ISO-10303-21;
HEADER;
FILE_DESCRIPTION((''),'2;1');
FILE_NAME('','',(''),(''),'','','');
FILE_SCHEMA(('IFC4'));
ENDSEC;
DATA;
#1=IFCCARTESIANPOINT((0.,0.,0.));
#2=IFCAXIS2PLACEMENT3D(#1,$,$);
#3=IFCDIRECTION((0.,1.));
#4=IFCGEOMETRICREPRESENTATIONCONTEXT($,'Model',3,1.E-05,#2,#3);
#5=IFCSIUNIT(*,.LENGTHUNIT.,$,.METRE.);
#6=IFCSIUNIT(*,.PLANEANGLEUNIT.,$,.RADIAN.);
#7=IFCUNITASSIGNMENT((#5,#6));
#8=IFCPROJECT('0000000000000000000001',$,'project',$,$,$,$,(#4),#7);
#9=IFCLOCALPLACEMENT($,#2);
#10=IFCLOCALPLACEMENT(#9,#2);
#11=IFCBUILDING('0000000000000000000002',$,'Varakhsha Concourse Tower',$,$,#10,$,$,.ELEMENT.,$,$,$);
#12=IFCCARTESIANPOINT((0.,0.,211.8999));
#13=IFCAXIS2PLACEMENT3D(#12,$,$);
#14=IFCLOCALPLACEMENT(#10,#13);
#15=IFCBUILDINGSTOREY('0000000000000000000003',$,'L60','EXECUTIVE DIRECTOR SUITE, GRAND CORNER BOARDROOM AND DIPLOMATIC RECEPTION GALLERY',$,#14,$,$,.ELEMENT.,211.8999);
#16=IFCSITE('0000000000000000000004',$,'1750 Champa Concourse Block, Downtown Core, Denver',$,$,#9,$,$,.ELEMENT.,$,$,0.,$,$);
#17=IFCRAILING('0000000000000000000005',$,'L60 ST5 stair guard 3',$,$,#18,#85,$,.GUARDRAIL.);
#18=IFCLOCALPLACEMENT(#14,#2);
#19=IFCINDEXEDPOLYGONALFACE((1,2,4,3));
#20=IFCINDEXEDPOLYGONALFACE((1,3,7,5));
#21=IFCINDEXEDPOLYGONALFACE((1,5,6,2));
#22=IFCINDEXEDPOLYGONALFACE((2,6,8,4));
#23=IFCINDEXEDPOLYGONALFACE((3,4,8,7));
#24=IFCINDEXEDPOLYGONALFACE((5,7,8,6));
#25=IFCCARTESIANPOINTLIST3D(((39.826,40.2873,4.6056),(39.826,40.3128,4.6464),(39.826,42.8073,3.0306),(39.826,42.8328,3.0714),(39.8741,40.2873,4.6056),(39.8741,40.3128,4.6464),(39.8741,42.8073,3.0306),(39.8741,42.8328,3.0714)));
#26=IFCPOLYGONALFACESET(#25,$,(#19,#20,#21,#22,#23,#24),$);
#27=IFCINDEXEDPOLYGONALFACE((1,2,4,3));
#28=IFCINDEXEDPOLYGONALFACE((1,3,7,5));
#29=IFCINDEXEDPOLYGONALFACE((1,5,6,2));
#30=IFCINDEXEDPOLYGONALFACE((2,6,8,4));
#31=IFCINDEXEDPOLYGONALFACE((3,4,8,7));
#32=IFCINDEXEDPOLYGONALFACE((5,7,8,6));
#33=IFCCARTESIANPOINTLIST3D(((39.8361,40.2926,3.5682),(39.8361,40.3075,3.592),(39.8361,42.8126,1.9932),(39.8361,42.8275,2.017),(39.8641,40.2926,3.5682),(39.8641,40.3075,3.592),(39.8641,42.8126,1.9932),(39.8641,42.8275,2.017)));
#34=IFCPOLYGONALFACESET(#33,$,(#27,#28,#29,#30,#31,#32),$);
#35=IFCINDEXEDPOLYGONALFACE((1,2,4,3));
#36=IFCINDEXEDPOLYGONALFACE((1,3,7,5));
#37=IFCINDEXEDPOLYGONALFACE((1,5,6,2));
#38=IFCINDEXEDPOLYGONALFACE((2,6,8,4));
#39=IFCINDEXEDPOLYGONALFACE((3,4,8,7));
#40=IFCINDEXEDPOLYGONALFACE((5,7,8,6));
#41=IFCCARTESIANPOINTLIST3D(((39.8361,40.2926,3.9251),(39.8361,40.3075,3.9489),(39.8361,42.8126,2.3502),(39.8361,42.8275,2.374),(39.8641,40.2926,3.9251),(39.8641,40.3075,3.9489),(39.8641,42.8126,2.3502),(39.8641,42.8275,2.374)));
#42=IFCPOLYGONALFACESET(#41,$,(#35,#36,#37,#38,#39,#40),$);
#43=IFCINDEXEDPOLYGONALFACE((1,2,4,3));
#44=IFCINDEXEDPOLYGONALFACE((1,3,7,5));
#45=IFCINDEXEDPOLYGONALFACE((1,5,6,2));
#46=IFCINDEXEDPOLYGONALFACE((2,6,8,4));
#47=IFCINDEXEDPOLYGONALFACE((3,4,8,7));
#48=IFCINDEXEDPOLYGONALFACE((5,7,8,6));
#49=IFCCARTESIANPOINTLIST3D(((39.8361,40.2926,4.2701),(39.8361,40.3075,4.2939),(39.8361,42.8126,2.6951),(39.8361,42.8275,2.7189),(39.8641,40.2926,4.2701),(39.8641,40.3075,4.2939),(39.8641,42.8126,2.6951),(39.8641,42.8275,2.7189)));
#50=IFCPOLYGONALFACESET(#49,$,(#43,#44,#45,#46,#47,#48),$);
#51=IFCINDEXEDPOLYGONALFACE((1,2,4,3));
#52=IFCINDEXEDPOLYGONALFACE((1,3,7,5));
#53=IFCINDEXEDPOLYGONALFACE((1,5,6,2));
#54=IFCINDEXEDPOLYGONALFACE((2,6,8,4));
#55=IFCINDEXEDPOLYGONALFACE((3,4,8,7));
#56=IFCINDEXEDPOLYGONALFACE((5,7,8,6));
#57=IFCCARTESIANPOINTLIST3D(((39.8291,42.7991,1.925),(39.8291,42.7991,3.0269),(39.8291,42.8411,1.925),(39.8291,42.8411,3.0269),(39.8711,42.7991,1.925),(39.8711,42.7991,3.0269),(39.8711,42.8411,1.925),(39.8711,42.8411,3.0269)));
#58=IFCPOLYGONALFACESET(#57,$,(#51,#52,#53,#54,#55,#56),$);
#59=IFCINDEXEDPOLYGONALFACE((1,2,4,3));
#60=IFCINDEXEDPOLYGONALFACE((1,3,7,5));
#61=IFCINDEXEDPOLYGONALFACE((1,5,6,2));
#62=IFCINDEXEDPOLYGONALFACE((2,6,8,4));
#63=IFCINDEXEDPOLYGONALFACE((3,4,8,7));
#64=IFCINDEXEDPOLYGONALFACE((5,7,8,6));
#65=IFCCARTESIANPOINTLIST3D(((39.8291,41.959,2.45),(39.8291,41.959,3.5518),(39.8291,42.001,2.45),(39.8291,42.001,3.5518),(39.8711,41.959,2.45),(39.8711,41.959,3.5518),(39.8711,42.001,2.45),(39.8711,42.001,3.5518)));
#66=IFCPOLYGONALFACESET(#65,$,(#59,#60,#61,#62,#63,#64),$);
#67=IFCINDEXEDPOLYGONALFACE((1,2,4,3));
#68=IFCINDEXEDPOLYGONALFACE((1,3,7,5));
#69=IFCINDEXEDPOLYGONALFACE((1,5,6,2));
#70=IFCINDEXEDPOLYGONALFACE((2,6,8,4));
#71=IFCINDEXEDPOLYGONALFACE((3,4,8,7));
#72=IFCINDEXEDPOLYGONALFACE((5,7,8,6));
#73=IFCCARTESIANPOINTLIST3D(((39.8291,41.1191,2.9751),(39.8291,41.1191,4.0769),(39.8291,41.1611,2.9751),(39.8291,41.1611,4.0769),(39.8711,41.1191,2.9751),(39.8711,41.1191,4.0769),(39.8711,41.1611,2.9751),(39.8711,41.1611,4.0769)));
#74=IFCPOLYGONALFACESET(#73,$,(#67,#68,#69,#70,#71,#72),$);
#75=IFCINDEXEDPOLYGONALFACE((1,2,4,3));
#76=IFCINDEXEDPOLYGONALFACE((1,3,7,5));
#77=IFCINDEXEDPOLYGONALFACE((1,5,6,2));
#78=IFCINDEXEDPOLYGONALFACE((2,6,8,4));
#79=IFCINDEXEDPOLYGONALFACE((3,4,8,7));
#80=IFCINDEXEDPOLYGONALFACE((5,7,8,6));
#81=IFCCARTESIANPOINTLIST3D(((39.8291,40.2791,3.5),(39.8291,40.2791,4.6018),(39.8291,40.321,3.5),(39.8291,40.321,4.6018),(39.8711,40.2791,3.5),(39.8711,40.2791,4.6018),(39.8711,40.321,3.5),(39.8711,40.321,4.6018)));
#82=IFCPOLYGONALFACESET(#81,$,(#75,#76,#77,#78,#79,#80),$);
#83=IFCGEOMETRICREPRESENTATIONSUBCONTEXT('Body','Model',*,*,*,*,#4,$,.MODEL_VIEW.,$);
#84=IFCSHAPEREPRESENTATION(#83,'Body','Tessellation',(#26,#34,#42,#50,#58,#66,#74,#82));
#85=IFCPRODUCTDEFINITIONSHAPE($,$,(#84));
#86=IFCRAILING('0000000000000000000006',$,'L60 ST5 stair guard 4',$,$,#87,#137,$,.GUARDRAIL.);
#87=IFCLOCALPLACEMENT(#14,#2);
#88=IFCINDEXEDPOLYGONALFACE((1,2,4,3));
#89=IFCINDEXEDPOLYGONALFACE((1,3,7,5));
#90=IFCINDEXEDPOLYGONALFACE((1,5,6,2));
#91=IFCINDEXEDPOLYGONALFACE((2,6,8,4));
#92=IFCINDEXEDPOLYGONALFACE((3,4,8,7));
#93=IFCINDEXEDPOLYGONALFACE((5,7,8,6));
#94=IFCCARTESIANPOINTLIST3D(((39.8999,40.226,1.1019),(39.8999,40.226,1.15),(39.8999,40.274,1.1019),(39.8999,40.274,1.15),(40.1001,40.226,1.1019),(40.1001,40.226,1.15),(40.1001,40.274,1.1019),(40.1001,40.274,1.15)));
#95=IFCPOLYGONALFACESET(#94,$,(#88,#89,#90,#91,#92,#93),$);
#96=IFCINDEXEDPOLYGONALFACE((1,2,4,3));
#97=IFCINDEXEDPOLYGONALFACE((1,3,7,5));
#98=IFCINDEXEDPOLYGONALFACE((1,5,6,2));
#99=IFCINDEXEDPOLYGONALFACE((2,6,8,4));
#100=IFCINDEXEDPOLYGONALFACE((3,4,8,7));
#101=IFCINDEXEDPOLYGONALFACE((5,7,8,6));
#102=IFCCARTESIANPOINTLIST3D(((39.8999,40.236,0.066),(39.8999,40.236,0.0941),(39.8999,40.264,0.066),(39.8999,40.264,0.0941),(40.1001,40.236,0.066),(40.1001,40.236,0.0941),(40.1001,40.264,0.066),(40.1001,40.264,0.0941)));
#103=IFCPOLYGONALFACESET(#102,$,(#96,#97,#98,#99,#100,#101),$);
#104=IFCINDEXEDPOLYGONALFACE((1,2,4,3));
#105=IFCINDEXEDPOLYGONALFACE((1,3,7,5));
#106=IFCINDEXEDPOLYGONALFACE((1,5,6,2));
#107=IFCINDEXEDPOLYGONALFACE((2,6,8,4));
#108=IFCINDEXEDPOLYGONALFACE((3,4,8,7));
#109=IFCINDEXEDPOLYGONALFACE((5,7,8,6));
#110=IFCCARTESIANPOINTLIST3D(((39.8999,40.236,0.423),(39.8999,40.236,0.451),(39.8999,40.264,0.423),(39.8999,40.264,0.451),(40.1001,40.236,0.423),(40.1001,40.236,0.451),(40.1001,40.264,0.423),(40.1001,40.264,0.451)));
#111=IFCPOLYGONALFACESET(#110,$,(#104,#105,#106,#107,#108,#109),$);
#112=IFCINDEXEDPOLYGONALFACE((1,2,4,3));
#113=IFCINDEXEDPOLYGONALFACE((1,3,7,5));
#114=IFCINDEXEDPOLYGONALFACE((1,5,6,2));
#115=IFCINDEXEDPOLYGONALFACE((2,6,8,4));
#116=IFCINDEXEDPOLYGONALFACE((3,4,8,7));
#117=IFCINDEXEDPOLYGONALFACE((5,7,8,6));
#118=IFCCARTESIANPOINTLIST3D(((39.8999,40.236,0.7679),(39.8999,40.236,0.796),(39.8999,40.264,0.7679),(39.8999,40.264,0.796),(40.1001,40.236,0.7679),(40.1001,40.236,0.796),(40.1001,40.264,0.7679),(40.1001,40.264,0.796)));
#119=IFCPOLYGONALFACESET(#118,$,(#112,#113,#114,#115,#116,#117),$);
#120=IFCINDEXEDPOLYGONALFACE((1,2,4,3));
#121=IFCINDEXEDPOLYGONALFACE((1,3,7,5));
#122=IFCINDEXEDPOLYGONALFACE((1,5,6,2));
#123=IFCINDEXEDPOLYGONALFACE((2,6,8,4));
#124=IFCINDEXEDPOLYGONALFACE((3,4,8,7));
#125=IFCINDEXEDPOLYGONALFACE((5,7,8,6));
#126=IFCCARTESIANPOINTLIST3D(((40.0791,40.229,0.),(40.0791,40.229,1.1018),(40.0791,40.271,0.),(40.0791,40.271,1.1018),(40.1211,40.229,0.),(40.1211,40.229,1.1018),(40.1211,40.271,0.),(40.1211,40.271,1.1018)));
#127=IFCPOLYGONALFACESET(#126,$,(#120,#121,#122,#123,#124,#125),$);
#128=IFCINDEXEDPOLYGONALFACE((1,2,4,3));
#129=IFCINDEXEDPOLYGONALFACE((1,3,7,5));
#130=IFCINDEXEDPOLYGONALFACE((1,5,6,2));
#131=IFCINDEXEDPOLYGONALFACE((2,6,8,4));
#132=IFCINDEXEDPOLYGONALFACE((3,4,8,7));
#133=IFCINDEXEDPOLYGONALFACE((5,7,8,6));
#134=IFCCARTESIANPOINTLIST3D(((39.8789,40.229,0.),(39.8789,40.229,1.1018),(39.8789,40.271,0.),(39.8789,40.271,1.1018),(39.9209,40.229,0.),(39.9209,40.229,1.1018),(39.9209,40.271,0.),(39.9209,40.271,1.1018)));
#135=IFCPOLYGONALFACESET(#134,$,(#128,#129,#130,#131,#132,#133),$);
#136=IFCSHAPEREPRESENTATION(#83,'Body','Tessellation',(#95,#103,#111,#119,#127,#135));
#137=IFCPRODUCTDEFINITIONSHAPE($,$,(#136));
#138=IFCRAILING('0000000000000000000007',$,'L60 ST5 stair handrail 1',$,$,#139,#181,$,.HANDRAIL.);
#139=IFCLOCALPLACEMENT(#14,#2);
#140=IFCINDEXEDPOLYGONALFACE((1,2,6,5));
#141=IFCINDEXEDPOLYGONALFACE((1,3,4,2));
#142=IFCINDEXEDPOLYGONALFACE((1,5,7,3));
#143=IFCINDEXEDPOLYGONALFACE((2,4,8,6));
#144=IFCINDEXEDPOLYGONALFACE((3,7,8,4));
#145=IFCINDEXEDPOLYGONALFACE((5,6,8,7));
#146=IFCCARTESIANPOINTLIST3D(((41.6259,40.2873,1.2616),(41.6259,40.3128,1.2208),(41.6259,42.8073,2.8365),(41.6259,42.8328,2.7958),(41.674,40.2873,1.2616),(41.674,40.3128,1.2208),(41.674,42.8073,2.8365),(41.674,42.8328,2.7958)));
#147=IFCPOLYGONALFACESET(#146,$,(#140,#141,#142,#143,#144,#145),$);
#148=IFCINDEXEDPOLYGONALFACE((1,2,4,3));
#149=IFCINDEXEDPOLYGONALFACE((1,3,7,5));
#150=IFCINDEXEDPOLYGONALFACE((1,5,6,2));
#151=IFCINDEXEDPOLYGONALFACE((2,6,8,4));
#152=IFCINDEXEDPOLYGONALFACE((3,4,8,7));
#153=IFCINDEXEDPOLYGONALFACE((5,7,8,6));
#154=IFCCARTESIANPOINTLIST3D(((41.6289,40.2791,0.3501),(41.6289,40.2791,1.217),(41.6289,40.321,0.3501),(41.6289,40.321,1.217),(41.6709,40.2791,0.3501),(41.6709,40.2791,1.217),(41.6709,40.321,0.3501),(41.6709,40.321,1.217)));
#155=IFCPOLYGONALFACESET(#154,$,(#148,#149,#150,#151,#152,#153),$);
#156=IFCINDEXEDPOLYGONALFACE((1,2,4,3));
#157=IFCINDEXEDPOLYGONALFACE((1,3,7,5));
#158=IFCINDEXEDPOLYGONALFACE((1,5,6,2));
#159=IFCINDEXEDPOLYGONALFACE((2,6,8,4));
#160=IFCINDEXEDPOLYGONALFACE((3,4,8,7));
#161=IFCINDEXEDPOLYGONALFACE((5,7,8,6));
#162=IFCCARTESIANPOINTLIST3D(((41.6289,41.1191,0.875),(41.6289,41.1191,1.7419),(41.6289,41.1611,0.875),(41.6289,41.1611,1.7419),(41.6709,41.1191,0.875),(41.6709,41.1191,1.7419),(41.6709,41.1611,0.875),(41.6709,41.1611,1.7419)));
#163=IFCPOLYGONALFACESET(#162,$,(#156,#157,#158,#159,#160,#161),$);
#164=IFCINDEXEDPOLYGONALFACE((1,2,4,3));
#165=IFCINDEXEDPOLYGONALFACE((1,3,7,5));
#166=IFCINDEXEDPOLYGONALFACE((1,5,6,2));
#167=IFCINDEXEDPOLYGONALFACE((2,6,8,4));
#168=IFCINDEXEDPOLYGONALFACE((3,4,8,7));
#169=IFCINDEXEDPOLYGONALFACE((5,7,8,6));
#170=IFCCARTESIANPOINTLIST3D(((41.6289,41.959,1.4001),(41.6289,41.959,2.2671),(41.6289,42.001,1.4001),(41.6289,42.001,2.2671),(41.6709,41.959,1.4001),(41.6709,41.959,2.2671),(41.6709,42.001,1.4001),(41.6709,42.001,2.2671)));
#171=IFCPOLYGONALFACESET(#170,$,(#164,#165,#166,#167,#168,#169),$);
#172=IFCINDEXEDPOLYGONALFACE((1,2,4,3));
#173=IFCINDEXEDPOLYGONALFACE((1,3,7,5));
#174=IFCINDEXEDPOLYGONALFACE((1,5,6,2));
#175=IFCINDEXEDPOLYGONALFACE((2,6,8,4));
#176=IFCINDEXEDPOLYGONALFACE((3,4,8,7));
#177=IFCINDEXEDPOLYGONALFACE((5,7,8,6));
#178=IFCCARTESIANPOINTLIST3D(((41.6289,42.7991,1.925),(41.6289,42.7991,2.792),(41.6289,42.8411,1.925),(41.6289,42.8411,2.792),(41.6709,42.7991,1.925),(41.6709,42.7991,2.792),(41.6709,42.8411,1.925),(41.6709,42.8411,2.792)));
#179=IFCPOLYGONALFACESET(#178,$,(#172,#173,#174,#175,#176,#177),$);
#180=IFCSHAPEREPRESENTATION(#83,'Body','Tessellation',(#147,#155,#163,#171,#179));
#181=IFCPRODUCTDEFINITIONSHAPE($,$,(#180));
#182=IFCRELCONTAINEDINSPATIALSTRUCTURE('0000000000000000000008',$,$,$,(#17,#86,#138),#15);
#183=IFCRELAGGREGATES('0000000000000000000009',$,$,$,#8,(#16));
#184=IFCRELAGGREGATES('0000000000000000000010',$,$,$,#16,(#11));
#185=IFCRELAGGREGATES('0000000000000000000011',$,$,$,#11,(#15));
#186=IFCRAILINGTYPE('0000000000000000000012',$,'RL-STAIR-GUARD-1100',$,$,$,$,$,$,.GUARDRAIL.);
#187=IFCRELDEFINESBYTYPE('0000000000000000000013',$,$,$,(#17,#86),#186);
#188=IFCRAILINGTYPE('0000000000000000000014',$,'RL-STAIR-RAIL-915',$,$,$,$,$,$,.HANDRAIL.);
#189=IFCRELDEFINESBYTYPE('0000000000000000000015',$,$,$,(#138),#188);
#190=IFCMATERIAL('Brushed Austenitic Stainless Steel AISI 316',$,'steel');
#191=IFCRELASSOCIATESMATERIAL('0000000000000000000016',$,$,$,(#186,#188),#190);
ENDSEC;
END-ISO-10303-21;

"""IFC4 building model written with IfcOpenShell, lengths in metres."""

from ifc_helpers import new_model, si_unit, direction, frame, origin, origin_2d, place, context, subcontext, project, spatial, rectangle, extrude, material, type_object, element, save


model = new_model("IFC4")

# Units and contexts
model_context = context("Model", 3, precision=1e-05, world=origin(), true_north=direction((0.0, 1.0)))
body_context = subcontext(model_context, "Body", "Model", "MODEL_VIEW")
ifc_project = project(units=[si_unit("LENGTHUNIT", "METRE"), si_unit("PLANEANGLEUNIT", "RADIAN")], contexts=[model_context])

# Site, building, storey
site_placement = place(None, origin())
site = spatial("IfcSite", under=ifc_project, at=site_placement, Name="1750 Champa Concourse Block, Downtown Core, Denver", CompositionType="ELEMENT", RefElevation=0.0)
building_placement = place(site_placement, origin())
building = spatial("IfcBuilding", under=site, at=building_placement, Name="Varakhsha Concourse Tower", CompositionType="ELEMENT")
storey_placement = place(building_placement, frame((0.0, 0.0, 211.8999)))
storey = spatial("IfcBuildingStorey", under=building, at=storey_placement, Name="L60", Description="EXECUTIVE DIRECTOR SUITE, GRAND CORNER BOARDROOM AND DIPLOMATIC RECEPTION GALLERY", CompositionType="ELEMENT", Elevation=211.8999)

# Railings
ifc_material_1 = material(Name="Brushed Austenitic Stainless Steel AISI 316", Category="steel")
railing_type_1 = type_object("IfcRailingType", Name="RL-STAIR-GUARD-1100", PredefinedType="GUARDRAIL", material=ifc_material_1)
railing_1_placement = place(storey_placement, frame((39.8501, 42.8201, 1.925)))
element("IfcRailing", 1, at=railing_1_placement, inside=storey, type_object=railing_type_1, Name="L60 ST5 stair guard 3", PredefinedType="GUARDRAIL", context=body_context, shape_type="SweptSolid", body=[
    extrude(rectangle(XDim=0.0481, YDim=0.0481, at=origin_2d()), frame((0.0, 0.0, 1.126), z_axis=(0.0, -0.848008, 0.529984), x_axis=(1.0, 0.0, 0.0)), (0.0, 0.0, 1.0), 2.9717),
    extrude(rectangle(XDim=0.0281, YDim=0.0281, at=origin_2d()), frame((0.0, 0.0, 0.0801), z_axis=(0.0, -0.848008, 0.529984), x_axis=(1.0, 0.0, 0.0)), (0.0, 0.0, 1.0), 2.9717),
    extrude(rectangle(XDim=0.0281, YDim=0.0281, at=origin_2d()), frame((0.0, 0.0, 0.437), z_axis=(0.0, -0.848008, 0.529984), x_axis=(1.0, 0.0, 0.0)), (0.0, 0.0, 1.0), 2.9717),
    extrude(rectangle(XDim=0.0281, YDim=0.0281, at=origin_2d()), frame((0.0, 0.0, 0.782), z_axis=(0.0, -0.848008, 0.529984), x_axis=(1.0, 0.0, 0.0)), (0.0, 0.0, 1.0), 2.9717),
    extrude(rectangle(XDim=0.042, YDim=0.042, at=origin_2d()), origin(), (0.0, 0.0, 1.0), 1.1018),
    extrude(rectangle(XDim=0.042, YDim=0.042, at=origin_2d()), frame((0.0, -0.8401, 0.5249)), (0.0, 0.0, 1.0), 1.1018),
    extrude(rectangle(XDim=0.042, YDim=0.042, at=origin_2d()), frame((0.0, -1.6799, 1.05)), (0.0, 0.0, 1.0), 1.1018),
    extrude(rectangle(XDim=0.042, YDim=0.042, at=origin_2d()), frame((0.0, -2.52, 1.575)), (0.0, 0.0, 1.0), 1.1018),
])
railing_2_placement = place(storey_placement, frame((40.1001, 40.25, 0.0)))
element("IfcRailing", 2, at=railing_2_placement, inside=storey, type_object=railing_type_1, Name="L60 ST5 stair guard 4", PredefinedType="GUARDRAIL", context=body_context, shape_type="SweptSolid", body=[
    extrude(rectangle(XDim=0.0481, YDim=0.0481, at=origin_2d()), frame((0.0, 0.0, 1.126), z_axis=(-1.0, 0.0, 0.0), x_axis=(0.0, -1.0, 0.0)), (0.0, 0.0, 1.0), 0.2002),
    extrude(rectangle(XDim=0.0281, YDim=0.0281, at=origin_2d()), frame((0.0, 0.0, 0.0801), z_axis=(-1.0, 0.0, 0.0), x_axis=(0.0, -1.0, 0.0)), (0.0, 0.0, 1.0), 0.2002),
    extrude(rectangle(XDim=0.0281, YDim=0.0281, at=origin_2d()), frame((0.0, 0.0, 0.437), z_axis=(-1.0, 0.0, 0.0), x_axis=(0.0, -1.0, 0.0)), (0.0, 0.0, 1.0), 0.2002),
    extrude(rectangle(XDim=0.0281, YDim=0.0281, at=origin_2d()), frame((0.0, 0.0, 0.782), z_axis=(-1.0, 0.0, 0.0), x_axis=(0.0, -1.0, 0.0)), (0.0, 0.0, 1.0), 0.2002),
    extrude(rectangle(XDim=0.042, YDim=0.042, at=origin_2d()), origin(), (0.0, 0.0, 1.0), 1.1018),
    extrude(rectangle(XDim=0.042, YDim=0.042, at=origin_2d()), frame((-0.2002, 0.0, 0.0)), (0.0, 0.0, 1.0), 1.1018),
])
railing_type_2 = type_object("IfcRailingType", Name="RL-STAIR-RAIL-915", PredefinedType="HANDRAIL", material=ifc_material_1)
railing_3_placement = place(storey_placement, frame((41.6499, 40.3, 0.3501)))
element("IfcRailing", 3, at=railing_3_placement, inside=storey, type_object=railing_type_2, Name="L60 ST5 stair handrail 1", PredefinedType="HANDRAIL", context=body_context, shape_type="SweptSolid", body=[
    extrude(rectangle(XDim=0.0481, YDim=0.0481, at=origin_2d()), frame((0.0, 0.0, 0.8911), z_axis=(0.0, 0.848008, 0.529984), x_axis=(-1.0, 0.0, 0.0)), (0.0, 0.0, 1.0), 2.9717),
    extrude(rectangle(XDim=0.042, YDim=0.042, at=origin_2d()), origin(), (0.0, 0.0, 1.0), 0.8669),
    extrude(rectangle(XDim=0.042, YDim=0.042, at=origin_2d()), frame((0.0, 0.8401, 0.5249)), (0.0, 0.0, 1.0), 0.8669),
    extrude(rectangle(XDim=0.042, YDim=0.042, at=origin_2d()), frame((0.0, 1.6799, 1.05)), (0.0, 0.0, 1.0), 0.8669),
    extrude(rectangle(XDim=0.042, YDim=0.042, at=origin_2d()), frame((0.0, 2.52, 1.575)), (0.0, 0.0, 1.0), 0.8669),
])

save(model, "model.ifc")
